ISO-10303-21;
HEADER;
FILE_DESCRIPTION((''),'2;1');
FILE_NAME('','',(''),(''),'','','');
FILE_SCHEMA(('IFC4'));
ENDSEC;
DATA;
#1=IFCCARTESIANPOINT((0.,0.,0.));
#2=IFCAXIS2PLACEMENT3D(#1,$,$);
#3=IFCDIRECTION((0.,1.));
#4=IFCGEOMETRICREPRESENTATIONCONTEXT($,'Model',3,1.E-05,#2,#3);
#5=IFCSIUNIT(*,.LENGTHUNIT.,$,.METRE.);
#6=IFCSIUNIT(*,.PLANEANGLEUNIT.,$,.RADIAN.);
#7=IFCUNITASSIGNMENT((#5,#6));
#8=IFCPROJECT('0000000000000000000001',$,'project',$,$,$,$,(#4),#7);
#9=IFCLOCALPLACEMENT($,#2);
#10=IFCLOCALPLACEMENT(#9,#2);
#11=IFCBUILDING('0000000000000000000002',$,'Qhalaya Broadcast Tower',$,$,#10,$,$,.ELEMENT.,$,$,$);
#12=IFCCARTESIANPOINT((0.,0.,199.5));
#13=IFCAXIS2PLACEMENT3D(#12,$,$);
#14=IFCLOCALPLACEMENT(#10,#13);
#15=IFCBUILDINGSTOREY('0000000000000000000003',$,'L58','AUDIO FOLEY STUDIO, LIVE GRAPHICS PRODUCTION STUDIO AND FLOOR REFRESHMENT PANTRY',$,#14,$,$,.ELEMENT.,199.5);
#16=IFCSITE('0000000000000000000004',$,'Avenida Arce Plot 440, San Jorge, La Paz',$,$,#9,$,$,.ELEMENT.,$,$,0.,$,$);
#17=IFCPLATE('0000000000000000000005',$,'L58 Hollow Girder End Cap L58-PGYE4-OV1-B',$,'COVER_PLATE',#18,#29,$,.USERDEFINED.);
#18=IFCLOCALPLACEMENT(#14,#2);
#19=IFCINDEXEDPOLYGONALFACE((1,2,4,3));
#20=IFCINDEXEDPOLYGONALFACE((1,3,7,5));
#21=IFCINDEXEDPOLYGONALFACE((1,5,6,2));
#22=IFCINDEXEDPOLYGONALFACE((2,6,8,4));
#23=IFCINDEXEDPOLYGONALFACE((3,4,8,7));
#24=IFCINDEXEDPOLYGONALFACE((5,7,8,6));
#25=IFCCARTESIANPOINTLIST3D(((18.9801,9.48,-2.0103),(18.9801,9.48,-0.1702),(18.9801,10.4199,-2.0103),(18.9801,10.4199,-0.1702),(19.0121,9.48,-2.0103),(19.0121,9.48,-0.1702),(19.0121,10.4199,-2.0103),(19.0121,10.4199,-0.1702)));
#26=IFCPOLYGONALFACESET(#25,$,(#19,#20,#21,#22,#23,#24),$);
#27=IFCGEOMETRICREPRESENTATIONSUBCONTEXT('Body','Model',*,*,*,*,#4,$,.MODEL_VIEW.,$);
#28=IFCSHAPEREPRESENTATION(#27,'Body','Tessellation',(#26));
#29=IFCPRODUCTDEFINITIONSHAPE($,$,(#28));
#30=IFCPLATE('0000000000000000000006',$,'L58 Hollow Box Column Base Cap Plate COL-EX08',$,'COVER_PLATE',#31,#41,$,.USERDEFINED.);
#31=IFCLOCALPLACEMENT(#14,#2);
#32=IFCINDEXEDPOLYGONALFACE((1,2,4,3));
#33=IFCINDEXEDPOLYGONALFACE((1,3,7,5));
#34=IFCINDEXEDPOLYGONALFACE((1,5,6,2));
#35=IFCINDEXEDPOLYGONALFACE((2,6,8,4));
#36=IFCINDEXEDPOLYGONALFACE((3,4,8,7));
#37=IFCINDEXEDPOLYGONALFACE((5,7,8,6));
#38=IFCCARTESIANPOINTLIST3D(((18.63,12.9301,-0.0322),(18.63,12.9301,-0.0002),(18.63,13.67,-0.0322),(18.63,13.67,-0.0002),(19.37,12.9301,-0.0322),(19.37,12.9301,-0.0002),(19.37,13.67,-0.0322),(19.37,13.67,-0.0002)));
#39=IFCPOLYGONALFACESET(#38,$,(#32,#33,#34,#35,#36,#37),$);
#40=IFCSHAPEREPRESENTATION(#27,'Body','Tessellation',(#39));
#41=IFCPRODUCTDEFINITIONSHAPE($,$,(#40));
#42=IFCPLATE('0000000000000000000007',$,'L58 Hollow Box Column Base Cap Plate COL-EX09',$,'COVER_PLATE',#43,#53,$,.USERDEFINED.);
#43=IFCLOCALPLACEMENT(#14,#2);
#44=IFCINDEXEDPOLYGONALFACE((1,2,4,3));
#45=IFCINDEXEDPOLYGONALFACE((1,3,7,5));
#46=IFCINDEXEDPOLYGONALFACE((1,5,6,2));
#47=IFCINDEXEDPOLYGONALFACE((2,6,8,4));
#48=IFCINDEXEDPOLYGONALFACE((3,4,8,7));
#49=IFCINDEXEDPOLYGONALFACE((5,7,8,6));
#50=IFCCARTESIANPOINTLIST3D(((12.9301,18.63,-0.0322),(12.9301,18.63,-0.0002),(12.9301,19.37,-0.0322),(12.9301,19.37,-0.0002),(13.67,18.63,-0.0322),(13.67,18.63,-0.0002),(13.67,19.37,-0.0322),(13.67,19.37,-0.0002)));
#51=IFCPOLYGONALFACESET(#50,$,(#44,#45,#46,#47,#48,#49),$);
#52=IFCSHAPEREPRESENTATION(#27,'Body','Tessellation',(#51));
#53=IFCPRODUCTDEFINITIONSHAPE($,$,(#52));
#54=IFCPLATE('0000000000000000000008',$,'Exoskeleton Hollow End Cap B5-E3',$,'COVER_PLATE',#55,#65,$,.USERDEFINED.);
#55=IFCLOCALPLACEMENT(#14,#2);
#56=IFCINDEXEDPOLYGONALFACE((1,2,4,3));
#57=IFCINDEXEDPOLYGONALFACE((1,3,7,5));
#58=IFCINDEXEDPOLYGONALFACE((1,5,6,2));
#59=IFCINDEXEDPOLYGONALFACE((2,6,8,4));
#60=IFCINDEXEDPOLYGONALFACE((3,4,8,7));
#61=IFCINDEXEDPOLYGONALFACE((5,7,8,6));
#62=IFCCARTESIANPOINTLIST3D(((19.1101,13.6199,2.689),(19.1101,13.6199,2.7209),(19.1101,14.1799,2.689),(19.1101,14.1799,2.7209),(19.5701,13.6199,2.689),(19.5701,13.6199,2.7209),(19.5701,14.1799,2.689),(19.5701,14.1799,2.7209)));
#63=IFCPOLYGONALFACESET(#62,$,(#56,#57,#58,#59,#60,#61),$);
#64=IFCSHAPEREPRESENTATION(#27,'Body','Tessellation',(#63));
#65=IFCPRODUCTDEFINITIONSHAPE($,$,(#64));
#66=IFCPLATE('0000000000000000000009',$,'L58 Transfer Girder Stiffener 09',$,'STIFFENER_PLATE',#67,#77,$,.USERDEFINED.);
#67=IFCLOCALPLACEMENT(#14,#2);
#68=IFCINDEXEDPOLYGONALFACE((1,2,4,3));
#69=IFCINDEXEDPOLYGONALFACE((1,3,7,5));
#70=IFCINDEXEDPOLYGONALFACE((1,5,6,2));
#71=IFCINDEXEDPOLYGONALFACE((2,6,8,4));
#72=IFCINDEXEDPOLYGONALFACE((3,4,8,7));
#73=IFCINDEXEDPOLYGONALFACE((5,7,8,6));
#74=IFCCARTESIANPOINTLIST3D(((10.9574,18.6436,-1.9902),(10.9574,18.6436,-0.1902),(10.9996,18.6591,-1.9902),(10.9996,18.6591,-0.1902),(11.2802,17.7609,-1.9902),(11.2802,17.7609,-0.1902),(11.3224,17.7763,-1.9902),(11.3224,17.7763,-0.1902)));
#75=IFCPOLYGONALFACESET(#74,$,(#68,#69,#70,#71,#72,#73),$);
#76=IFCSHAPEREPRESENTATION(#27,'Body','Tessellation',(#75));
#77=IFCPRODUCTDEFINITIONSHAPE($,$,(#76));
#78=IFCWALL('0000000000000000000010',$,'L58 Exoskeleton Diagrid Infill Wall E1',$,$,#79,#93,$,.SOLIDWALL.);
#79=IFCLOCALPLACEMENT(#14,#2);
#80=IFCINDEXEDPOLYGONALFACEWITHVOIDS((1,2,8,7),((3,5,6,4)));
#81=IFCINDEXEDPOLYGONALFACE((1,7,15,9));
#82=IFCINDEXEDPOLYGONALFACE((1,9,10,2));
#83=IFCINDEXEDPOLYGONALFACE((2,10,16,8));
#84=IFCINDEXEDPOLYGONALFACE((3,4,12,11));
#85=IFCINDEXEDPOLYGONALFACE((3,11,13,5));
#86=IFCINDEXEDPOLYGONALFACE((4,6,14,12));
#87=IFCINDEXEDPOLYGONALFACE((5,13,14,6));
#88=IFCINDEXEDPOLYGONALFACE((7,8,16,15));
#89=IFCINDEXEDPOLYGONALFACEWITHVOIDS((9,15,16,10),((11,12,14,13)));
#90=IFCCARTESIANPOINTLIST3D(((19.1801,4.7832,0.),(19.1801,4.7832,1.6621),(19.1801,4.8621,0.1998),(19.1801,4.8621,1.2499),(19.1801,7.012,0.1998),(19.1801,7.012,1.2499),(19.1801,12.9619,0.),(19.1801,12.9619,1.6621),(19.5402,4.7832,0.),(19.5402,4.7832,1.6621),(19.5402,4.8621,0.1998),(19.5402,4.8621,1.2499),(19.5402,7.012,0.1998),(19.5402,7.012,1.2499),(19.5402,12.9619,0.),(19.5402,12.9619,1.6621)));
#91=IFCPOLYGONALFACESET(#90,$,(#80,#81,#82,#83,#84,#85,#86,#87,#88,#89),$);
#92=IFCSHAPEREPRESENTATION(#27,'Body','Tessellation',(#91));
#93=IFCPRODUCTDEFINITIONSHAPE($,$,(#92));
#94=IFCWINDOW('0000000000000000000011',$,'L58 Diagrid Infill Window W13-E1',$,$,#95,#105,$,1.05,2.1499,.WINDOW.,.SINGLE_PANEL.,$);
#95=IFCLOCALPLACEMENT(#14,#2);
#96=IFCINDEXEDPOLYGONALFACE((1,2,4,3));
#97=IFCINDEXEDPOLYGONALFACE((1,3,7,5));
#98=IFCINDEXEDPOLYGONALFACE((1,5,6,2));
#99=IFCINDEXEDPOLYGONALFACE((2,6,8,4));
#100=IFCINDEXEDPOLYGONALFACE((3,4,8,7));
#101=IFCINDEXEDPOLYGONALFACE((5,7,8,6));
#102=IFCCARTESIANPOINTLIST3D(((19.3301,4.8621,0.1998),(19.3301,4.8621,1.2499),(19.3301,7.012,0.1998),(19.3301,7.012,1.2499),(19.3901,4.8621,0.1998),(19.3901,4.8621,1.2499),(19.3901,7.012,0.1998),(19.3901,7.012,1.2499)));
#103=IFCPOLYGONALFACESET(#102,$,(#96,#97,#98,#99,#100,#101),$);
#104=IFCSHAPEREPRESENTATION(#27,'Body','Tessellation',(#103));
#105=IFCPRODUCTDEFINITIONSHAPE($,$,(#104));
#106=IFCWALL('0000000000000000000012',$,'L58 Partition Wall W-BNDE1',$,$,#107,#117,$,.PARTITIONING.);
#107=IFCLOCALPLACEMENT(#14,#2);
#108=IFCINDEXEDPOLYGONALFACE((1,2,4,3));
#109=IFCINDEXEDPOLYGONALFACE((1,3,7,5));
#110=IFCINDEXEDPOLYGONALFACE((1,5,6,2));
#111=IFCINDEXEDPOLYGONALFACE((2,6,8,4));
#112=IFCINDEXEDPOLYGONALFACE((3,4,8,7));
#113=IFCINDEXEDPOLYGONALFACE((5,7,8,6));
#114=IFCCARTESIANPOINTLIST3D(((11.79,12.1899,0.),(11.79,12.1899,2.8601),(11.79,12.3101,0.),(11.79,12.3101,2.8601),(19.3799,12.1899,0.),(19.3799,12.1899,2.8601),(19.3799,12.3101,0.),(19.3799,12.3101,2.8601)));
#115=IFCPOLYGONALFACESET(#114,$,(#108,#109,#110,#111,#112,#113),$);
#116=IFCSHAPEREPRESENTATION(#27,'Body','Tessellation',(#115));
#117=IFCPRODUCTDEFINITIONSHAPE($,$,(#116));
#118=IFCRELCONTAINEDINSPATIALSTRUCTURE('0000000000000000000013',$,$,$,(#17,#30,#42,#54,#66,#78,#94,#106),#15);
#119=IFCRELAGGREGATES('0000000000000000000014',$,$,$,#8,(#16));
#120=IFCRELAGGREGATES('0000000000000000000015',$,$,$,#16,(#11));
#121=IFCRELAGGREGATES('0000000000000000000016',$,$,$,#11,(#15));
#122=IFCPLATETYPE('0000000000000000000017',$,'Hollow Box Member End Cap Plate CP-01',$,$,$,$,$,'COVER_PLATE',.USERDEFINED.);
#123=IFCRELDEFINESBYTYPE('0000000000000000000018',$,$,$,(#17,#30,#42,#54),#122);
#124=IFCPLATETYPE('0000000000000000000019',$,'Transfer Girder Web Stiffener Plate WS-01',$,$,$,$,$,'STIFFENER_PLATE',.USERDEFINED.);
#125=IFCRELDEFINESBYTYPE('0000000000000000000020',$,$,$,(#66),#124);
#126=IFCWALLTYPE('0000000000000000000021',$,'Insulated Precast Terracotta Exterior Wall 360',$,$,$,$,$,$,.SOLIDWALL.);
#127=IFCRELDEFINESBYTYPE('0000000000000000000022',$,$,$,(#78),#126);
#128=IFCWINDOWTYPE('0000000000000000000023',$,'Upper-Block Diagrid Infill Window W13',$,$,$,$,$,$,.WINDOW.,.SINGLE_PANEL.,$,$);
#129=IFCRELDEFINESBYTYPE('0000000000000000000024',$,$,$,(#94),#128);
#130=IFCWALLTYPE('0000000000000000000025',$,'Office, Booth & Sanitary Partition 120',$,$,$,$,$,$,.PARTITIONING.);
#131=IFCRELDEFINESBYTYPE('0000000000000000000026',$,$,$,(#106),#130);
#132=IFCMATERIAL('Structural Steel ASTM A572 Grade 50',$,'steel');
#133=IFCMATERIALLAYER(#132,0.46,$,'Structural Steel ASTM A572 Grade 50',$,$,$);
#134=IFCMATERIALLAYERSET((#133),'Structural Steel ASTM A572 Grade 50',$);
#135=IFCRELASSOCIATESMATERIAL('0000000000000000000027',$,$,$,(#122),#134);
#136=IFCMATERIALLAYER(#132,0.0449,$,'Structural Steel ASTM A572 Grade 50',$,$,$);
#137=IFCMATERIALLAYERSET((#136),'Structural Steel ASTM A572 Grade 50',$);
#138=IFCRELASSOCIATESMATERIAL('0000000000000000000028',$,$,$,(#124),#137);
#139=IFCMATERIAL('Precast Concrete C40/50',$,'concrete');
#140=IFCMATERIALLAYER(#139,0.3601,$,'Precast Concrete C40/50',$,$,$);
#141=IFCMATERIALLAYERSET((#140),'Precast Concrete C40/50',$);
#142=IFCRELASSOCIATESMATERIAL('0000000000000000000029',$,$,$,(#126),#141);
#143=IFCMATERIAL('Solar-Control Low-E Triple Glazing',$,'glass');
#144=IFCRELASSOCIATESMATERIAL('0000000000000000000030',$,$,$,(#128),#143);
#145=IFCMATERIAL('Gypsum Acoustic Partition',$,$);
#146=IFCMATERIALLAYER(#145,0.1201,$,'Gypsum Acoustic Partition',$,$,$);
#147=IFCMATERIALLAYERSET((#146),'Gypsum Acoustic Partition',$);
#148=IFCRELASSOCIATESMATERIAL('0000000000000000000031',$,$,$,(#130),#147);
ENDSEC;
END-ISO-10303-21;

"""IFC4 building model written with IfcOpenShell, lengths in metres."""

from ifc_helpers import new_model, si_unit, direction, frame, frame_2d, origin, origin_2d, place, context, subcontext, project, spatial, rectangle, extrude, material, layer, layer_set, type_object, element, fill, save


model = new_model("IFC4")

# Units and contexts
model_context = context("Model", 3, precision=1e-05, world=origin(), true_north=direction((0.0, 1.0)))
body_context = subcontext(model_context, "Body", "Model", "MODEL_VIEW")
ifc_project = project(units=[si_unit("LENGTHUNIT", "METRE"), si_unit("PLANEANGLEUNIT", "RADIAN")], contexts=[model_context])

# Site, building, storey
site_placement = place(None, origin())
site = spatial("IfcSite", under=ifc_project, at=site_placement, Name="Avenida Arce Plot 440, San Jorge, La Paz", CompositionType="ELEMENT", RefElevation=0.0)
building_placement = place(site_placement, origin())
building = spatial("IfcBuilding", under=site, at=building_placement, Name="Qhalaya Broadcast Tower", CompositionType="ELEMENT")
storey_placement = place(building_placement, frame((0.0, 0.0, 199.5)))
storey = spatial("IfcBuildingStorey", under=building, at=storey_placement, Name="L58", Description="AUDIO FOLEY STUDIO, LIVE GRAPHICS PRODUCTION STUDIO AND FLOOR REFRESHMENT PANTRY", CompositionType="ELEMENT", Elevation=199.5)

# Shared definitions
ifc_material_1 = material(Name="Structural Steel ASTM A572 Grade 50", Category="steel")

# Plates
ifc_layer_1 = layer(ifc_material_1, 0.46, Name="Structural Steel ASTM A572 Grade 50")
ifc_layer_set_1 = layer_set([ifc_layer_1], Name="Structural Steel ASTM A572 Grade 50")
plate_type_1 = type_object("IfcPlateType", Name="Hollow Box Member End Cap Plate CP-01", ElementType="COVER_PLATE", PredefinedType="USERDEFINED", material=ifc_layer_set_1)
for number, where, z_axis, x_axis, name in (
    (1, (18.9961, 9.95, -2.0103), (0.0, 0.0, 1.0), (0.0, 1.0, 0.0), "L58 Hollow Girder End Cap L58-PGYE4-OV1-B"),
):
    element("IfcPlate", number, at=place(storey_placement, frame(where, z_axis=z_axis, x_axis=x_axis)), inside=storey, type_object=plate_type_1, Name=name, ObjectType="COVER_PLATE", PredefinedType="USERDEFINED", context=body_context, shape_type="SweptSolid", body=[
        extrude(rectangle(XDim=0.9399, YDim=0.032, at=origin_2d()), origin(), (0.0, 0.0, 1.0), 1.8401),
    ])
for number, where, z_axis, x_axis, name in (
    (2, (19.0, 13.3, -0.0322), (0.0, 0.0, 1.0), (0.0, 1.0, 0.0), "L58 Hollow Box Column Base Cap Plate COL-EX08"),
    (3, (13.3, 19.0, -0.0322), (0.0, 0.0, 1.0), (1.0, 0.0, 0.0), "L58 Hollow Box Column Base Cap Plate COL-EX09"),
):
    element("IfcPlate", number, at=place(storey_placement, frame(where, z_axis=z_axis, x_axis=x_axis)), inside=storey, type_object=plate_type_1, Name=name, ObjectType="COVER_PLATE", PredefinedType="USERDEFINED", context=body_context, shape_type="SweptSolid", body=[
        extrude(rectangle(XDim=0.74, YDim=0.74, at=origin_2d()), origin(), (0.0, 0.0, 1.0), 0.032),
    ])
plate_1_placement = place(storey_placement, frame((19.3401, 13.8999, 2.689), z_axis=(0.0, 0.0, 1.0), x_axis=(0.0, 1.0, 0.0)))
element("IfcPlate", 4, at=plate_1_placement, inside=storey, type_object=plate_type_1, Name="Exoskeleton Hollow End Cap B5-E3", ObjectType="COVER_PLATE", PredefinedType="USERDEFINED", context=body_context, shape_type="SweptSolid", body=[
    extrude(rectangle(XDim=0.5601, YDim=0.46, at=origin_2d()), origin(), (0.0, 0.0, 1.0), 0.032),
])
ifc_layer_2 = layer(ifc_material_1, 0.0449, Name="Structural Steel ASTM A572 Grade 50")
ifc_layer_set_2 = layer_set([ifc_layer_2], Name="Structural Steel ASTM A572 Grade 50")
plate_type_2 = type_object("IfcPlateType", Name="Transfer Girder Web Stiffener Plate WS-01", ElementType="STIFFENER_PLATE", PredefinedType="USERDEFINED", material=ifc_layer_set_2)
plate_2_placement = place(storey_placement, frame((11.1399, 18.21, -1.9902), z_axis=(0.0, 0.0, 1.0), x_axis=(-0.343496, 0.939154, 0.0)))
element("IfcPlate", 5, at=plate_2_placement, inside=storey, type_object=plate_type_2, Name="L58 Transfer Girder Stiffener 09", ObjectType="STIFFENER_PLATE", PredefinedType="USERDEFINED", context=body_context, shape_type="SweptSolid", body=[
    extrude(rectangle(XDim=0.9399, YDim=0.0449, at=origin_2d()), origin(), (0.0, 0.0, 1.0), 1.8),
])

# Wall, opening, window
ifc_material_2 = material(Name="Precast Concrete C40/50", Category="concrete")
ifc_layer_3 = layer(ifc_material_2, 0.3601, Name="Precast Concrete C40/50")
ifc_layer_set_3 = layer_set([ifc_layer_3], Name="Precast Concrete C40/50")
wall_type_1 = type_object("IfcWallType", Name="Insulated Precast Terracotta Exterior Wall 360", PredefinedType="SOLIDWALL", material=ifc_layer_set_3)
wall_1_placement = place(storey_placement, frame((19.3601, 12.9619, 0.0), z_axis=(0.0, 0.0, 1.0), x_axis=(0.0, -1.0, 0.0)))
wall_1 = element("IfcWall", 6, at=wall_1_placement, inside=storey, type_object=wall_type_1, Name="L58 Exoskeleton Diagrid Infill Wall E1", PredefinedType="SOLIDWALL", context=body_context, shape_type="SweptSolid", body=[
    extrude(rectangle(XDim=8.1787, YDim=0.3601, at=frame_2d((4.0894, 0.0))), origin(), (0.0, 0.0, 1.0), 1.6621),
])
opening_placement = place(wall_1_placement, frame((5.95, 0.0, 0.2)))
opening = element("IfcOpeningElement", 7, at=opening_placement, cuts=wall_1, PredefinedType="OPENING", context=body_context, shape_type="SweptSolid", body=[
    extrude(rectangle(XDim=2.1499, YDim=1.05, at=frame_2d((1.075, 0.5249))), frame((0.0, 0.1921, 0.0), z_axis=(0.0, -1.0, 0.0), x_axis=(1.0, 0.0, 0.0)), (0.0, 0.0, 1.0), 0.384),
])
ifc_material_3 = material(Name="Solar-Control Low-E Triple Glazing", Category="glass")
window_type = type_object("IfcWindowType", Name="Upper-Block Diagrid Infill Window W13", PartitioningType="SINGLE_PANEL", PredefinedType="WINDOW", material=ifc_material_3)
window_placement = place(opening_placement, origin())
window = element("IfcWindow", 8, at=window_placement, inside=storey, type_object=window_type, Name="L58 Diagrid Infill Window W13-E1", OverallHeight=1.05, OverallWidth=2.1499, PartitioningType="SINGLE_PANEL", PredefinedType="WINDOW", context=body_context, shape_type="SweptSolid", body=[
    extrude(rectangle(XDim=2.1499, YDim=1.05, at=frame_2d((1.075, 0.5249))), frame((0.0, 0.03, 0.0), z_axis=(0.0, -1.0, 0.0), x_axis=(1.0, 0.0, 0.0)), (0.0, 0.0, 1.0), 0.0601),
])
fill(opening, window)

# Wall
ifc_material_4 = material(Name="Gypsum Acoustic Partition")
ifc_layer_4 = layer(ifc_material_4, 0.1201, Name="Gypsum Acoustic Partition")
ifc_layer_set_4 = layer_set([ifc_layer_4], Name="Gypsum Acoustic Partition")
wall_type_2 = type_object("IfcWallType", Name="Office, Booth & Sanitary Partition 120", PredefinedType="PARTITIONING", material=ifc_layer_set_4)
wall_2_placement = place(storey_placement, frame((11.79, 12.25, 0.0), z_axis=(0.0, 0.0, 1.0), x_axis=(1.0, 0.0, 0.0)))
element("IfcWall", 9, at=wall_2_placement, inside=storey, type_object=wall_type_2, Name="L58 Partition Wall W-BNDE1", PredefinedType="PARTITIONING", context=body_context, shape_type="SweptSolid", body=[
    extrude(rectangle(XDim=7.5898, YDim=0.1201, at=frame_2d((3.7949, 0.0))), origin(), (0.0, 0.0, 1.0), 2.8601),
])

save(model, "model.ifc")
